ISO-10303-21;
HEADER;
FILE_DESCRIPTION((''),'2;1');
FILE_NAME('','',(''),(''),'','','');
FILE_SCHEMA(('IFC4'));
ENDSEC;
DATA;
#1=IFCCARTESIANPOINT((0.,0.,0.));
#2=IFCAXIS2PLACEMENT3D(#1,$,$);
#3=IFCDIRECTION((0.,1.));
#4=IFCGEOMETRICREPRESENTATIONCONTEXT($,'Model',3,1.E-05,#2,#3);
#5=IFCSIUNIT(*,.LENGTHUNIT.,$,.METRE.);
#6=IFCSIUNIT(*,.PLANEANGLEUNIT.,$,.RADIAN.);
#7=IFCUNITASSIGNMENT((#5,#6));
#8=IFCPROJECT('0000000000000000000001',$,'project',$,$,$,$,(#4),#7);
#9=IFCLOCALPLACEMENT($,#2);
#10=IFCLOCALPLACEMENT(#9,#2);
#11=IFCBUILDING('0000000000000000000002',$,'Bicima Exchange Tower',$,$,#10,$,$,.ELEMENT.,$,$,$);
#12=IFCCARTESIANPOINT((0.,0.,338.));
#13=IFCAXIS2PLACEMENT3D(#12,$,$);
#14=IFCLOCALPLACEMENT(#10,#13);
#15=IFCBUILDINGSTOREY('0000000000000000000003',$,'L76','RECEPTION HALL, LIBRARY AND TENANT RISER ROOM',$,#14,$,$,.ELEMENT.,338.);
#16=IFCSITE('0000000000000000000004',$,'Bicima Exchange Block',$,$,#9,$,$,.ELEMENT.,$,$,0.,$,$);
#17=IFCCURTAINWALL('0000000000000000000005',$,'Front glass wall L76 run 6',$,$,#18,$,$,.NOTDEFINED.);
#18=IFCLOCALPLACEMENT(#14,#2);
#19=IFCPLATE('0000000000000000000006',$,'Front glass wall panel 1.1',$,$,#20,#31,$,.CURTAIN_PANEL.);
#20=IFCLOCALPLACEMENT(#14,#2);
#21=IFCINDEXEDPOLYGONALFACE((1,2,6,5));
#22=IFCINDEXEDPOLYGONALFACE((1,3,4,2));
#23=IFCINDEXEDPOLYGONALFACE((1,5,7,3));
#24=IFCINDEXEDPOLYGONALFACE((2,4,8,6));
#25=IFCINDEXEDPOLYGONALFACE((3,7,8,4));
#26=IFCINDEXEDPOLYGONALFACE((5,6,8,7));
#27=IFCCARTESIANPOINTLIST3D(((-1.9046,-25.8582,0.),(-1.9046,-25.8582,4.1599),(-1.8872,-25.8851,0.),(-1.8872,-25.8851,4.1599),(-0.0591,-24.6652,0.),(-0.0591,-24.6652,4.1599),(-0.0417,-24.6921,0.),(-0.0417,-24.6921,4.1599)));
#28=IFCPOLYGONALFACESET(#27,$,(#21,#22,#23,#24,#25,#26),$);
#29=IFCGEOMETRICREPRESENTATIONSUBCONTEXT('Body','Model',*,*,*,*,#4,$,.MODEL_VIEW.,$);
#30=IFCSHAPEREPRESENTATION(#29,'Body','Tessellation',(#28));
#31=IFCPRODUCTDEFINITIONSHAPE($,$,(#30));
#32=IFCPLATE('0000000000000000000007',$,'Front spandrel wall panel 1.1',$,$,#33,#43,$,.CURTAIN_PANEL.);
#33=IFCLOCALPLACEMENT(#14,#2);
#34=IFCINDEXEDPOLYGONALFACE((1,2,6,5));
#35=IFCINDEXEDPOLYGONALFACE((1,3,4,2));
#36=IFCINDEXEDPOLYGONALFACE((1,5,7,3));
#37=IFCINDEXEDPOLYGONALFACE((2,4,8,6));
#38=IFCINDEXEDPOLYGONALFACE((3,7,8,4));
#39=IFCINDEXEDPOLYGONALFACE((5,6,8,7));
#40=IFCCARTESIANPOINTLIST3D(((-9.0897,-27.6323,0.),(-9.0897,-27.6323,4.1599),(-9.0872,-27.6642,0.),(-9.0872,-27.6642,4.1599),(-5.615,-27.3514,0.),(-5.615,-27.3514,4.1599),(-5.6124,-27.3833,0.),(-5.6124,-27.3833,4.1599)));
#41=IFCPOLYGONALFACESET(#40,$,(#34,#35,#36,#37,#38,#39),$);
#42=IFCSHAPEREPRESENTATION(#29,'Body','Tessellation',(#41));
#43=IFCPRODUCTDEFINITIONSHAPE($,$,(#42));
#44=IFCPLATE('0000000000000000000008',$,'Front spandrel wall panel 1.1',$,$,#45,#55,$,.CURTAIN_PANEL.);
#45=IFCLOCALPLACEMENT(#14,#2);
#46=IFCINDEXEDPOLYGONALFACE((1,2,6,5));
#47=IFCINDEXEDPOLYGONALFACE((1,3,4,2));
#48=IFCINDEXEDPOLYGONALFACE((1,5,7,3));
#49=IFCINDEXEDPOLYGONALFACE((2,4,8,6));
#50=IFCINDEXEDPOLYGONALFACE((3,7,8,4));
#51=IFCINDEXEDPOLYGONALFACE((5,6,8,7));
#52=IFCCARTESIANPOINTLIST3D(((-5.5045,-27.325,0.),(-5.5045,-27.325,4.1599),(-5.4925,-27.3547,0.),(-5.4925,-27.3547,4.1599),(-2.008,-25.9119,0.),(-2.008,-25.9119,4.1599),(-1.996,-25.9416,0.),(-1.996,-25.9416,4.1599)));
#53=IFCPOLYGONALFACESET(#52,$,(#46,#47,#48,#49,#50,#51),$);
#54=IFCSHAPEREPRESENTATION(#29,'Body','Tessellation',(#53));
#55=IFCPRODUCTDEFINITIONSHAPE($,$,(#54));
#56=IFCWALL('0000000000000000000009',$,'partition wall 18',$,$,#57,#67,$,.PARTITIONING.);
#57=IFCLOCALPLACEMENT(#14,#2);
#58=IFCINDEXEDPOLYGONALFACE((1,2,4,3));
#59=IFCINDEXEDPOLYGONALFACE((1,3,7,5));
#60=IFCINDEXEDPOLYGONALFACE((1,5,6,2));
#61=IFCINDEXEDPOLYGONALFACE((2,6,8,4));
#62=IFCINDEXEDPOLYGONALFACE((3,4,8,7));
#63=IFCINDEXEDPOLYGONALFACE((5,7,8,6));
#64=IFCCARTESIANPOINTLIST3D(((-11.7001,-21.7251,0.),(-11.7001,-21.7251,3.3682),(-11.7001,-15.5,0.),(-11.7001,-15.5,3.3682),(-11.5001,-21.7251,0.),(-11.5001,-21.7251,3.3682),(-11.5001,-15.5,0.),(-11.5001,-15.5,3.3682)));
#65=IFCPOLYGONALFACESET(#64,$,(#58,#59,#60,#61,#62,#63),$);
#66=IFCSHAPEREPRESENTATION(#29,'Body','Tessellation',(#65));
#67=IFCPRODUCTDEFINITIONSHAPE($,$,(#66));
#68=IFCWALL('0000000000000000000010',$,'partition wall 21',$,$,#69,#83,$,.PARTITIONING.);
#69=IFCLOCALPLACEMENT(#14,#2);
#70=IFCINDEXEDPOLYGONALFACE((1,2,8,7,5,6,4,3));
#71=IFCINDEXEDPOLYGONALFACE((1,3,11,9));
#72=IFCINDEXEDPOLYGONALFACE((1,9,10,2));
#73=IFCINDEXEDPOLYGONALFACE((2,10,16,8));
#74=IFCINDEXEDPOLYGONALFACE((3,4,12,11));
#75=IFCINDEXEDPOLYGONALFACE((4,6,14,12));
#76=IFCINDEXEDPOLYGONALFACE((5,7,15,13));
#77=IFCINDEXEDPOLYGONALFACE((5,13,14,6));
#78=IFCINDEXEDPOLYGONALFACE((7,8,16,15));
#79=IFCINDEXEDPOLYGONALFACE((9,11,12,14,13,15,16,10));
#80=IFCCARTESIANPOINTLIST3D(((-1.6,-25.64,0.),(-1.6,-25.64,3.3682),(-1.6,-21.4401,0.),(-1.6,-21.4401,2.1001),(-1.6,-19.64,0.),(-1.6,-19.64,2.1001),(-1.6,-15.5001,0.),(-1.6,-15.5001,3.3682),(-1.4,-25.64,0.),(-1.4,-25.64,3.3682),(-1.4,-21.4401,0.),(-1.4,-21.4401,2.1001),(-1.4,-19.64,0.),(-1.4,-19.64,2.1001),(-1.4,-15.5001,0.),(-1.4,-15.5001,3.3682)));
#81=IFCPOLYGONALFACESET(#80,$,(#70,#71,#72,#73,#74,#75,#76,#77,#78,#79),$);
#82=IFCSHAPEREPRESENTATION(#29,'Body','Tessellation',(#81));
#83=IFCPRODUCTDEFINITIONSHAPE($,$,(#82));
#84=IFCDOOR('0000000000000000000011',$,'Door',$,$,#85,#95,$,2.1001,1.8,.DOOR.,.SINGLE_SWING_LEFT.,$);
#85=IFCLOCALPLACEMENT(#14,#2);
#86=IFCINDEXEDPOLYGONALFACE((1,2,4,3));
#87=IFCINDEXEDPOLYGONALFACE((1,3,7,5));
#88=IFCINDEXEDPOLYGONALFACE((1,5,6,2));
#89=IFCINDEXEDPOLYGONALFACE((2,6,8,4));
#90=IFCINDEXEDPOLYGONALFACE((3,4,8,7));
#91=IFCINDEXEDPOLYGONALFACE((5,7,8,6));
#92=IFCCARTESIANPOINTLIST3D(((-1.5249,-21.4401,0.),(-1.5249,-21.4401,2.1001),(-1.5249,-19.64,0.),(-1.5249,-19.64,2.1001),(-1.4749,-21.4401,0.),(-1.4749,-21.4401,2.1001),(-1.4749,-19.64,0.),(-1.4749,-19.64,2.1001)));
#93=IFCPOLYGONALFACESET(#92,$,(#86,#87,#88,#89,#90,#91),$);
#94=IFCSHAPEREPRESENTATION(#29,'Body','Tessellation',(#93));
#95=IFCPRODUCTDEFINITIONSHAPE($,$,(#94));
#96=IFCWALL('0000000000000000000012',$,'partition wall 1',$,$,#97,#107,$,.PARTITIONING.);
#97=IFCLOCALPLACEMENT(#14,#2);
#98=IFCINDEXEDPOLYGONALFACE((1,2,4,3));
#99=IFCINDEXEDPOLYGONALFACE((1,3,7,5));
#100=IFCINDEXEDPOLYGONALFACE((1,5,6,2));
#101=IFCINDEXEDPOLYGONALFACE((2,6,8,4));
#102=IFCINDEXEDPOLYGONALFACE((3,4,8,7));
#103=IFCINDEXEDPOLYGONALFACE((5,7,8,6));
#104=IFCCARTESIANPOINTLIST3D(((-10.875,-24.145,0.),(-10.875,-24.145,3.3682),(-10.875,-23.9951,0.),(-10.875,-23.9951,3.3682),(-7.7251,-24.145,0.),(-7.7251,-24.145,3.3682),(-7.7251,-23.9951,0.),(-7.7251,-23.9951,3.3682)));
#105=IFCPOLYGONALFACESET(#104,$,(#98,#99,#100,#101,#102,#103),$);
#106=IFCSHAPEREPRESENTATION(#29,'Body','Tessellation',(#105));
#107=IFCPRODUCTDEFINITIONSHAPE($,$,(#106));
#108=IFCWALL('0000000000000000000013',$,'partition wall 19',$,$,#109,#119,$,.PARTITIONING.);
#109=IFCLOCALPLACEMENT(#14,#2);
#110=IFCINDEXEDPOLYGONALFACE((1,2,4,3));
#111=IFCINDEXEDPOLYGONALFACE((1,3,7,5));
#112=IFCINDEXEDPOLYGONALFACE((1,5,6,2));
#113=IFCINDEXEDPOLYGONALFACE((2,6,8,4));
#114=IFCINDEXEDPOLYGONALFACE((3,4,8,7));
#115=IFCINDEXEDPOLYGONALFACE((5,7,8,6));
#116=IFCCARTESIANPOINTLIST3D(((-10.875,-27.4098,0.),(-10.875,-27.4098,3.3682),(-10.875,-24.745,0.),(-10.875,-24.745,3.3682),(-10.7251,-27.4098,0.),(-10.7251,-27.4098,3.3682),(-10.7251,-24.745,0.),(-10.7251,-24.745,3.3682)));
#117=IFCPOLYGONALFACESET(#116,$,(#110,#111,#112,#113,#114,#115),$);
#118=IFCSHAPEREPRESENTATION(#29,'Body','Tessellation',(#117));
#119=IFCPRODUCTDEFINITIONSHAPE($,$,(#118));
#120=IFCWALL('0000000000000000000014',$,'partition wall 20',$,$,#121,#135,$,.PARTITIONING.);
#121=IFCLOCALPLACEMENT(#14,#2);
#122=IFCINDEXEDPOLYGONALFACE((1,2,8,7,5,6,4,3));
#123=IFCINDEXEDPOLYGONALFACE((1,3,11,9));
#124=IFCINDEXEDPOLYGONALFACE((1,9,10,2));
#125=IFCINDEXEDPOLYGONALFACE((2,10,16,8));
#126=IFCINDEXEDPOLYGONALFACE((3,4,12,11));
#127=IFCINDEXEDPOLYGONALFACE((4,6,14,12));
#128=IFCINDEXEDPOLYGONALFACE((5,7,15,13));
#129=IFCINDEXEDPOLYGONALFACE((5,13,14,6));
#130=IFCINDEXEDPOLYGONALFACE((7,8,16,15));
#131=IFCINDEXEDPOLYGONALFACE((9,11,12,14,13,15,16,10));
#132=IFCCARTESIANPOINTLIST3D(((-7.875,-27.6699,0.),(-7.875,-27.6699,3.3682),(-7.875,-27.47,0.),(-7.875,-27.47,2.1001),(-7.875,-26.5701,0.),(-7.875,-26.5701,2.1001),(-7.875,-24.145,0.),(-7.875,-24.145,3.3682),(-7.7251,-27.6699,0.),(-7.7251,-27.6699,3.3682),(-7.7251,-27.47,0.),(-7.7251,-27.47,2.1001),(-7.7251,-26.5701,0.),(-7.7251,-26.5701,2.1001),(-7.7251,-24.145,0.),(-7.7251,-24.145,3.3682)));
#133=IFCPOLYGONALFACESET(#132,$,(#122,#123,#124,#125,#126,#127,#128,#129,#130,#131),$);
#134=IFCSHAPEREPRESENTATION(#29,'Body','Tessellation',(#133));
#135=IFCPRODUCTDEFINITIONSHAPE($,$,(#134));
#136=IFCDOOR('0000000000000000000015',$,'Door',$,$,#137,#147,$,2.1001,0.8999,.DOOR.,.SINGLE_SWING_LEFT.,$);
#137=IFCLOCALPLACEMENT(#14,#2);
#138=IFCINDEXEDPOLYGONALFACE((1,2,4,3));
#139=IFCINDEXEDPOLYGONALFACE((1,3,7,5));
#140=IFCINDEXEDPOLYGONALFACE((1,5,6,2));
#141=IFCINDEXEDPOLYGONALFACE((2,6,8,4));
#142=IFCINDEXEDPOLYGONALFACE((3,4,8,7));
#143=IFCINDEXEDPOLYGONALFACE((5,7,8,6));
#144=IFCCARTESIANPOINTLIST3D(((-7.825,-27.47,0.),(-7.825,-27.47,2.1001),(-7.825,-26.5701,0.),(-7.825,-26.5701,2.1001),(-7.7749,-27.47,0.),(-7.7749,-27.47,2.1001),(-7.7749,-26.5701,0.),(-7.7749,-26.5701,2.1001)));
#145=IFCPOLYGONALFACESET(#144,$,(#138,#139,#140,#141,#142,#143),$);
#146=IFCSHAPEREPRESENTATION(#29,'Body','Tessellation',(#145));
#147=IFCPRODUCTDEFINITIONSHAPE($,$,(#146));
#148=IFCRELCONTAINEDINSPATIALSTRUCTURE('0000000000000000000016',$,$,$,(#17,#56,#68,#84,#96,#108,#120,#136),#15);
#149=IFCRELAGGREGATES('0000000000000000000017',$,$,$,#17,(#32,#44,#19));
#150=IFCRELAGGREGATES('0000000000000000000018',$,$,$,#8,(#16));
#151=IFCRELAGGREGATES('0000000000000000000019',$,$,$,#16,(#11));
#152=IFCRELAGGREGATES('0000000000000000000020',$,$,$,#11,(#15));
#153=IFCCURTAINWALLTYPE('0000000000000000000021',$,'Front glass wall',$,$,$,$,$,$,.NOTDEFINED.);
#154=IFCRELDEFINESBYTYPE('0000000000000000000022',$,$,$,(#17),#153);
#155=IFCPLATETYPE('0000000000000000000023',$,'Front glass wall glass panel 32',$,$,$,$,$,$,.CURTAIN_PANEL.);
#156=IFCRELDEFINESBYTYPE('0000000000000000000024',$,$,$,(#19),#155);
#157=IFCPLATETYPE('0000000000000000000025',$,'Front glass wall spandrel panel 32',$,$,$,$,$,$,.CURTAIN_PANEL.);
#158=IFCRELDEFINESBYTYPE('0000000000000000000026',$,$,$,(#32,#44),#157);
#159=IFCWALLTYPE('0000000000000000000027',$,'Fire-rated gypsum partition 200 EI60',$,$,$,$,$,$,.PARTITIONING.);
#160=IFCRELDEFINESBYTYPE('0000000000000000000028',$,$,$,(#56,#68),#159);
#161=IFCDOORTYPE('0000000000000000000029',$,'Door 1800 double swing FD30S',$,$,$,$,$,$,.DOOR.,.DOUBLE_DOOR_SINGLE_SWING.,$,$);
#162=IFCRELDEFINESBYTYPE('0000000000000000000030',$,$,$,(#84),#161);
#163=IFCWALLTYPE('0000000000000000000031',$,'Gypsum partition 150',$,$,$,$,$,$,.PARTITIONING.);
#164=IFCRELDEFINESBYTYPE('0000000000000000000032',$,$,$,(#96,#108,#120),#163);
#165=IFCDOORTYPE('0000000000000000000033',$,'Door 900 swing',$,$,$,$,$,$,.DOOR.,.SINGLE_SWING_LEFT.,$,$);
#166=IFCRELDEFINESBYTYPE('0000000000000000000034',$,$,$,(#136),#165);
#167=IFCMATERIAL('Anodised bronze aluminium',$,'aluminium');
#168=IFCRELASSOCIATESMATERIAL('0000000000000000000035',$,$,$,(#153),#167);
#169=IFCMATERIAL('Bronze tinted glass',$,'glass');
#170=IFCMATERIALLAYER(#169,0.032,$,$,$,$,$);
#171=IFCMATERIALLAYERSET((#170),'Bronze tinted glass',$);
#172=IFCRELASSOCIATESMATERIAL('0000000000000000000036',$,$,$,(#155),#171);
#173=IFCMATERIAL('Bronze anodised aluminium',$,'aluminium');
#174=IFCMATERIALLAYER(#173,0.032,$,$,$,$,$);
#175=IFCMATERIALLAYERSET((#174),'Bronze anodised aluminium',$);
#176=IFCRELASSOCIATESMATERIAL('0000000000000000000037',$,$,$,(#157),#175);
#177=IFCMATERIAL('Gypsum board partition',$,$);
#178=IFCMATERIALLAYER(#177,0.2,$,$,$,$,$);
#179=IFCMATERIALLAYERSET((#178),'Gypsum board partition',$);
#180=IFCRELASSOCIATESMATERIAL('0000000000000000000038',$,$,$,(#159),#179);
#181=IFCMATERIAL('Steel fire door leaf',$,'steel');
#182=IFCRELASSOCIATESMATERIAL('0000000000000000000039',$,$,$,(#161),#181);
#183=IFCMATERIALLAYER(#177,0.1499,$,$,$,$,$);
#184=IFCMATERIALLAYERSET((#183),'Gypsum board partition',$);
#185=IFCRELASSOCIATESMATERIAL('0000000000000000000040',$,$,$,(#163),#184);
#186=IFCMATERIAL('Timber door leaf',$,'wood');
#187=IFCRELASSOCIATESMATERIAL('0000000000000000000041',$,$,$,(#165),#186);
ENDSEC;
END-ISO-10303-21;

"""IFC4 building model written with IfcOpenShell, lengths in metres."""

from ifc_helpers import new_model, si_unit, direction, frame, frame_2d, origin, origin_2d, place, context, subcontext, project, spatial, rectangle, extrude, material, layer, layer_set, type_object, element, fill, aggregate, save


model = new_model("IFC4")

# Units and contexts
model_context = context("Model", 3, precision=1e-05, world=origin(), true_north=direction((0.0, 1.0)))
body_context = subcontext(model_context, "Body", "Model", "MODEL_VIEW")
ifc_project = project(units=[si_unit("LENGTHUNIT", "METRE"), si_unit("PLANEANGLEUNIT", "RADIAN")], contexts=[model_context])

# Site, building, storey
site_placement = place(None, origin())
site = spatial("IfcSite", under=ifc_project, at=site_placement, Name="Bicima Exchange Block", CompositionType="ELEMENT", RefElevation=0.0)
building_placement = place(site_placement, origin())
building = spatial("IfcBuilding", under=site, at=building_placement, Name="Bicima Exchange Tower", CompositionType="ELEMENT")
storey_placement = place(building_placement, frame((0.0, 0.0, 338.0)))
storey = spatial("IfcBuildingStorey", under=building, at=storey_placement, Name="L76", Description="RECEPTION HALL, LIBRARY AND TENANT RISER ROOM", CompositionType="ELEMENT", Elevation=338.0)

# Curtain wall, plates
ifc_material_1 = material(Name="Anodised bronze aluminium", Category="aluminium")
curtain_wall_type = type_object("IfcCurtainWallType", Name="Front glass wall", PredefinedType="NOTDEFINED", material=ifc_material_1)
curtain_wall_placement = place(storey_placement, origin())
curtain_wall = element("IfcCurtainWall", 1, at=curtain_wall_placement, inside=storey, type_object=curtain_wall_type, Name="Front glass wall L76 run 6", PredefinedType="NOTDEFINED")
ifc_material_2 = material(Name="Bronze tinted glass", Category="glass")
ifc_layer_1 = layer(ifc_material_2, 0.032)
ifc_layer_set_1 = layer_set([ifc_layer_1], Name="Bronze tinted glass")
plate_type_1 = type_object("IfcPlateType", Name="Front glass wall glass panel 32", PredefinedType="CURTAIN_PANEL", material=ifc_layer_set_1)
plate_1_placement = place(storey_placement, frame((-0.9731, -25.2751, 0.0), z_axis=(0.0, 0.0, 1.0), x_axis=(0.839799, 0.542897, 0.0)))
plate_1 = element("IfcPlate", 2, at=plate_1_placement, type_object=plate_type_1, Name="Front glass wall panel 1.1", PredefinedType="CURTAIN_PANEL", context=body_context, shape_type="SweptSolid", body=[
    extrude(rectangle(XDim=2.1975, YDim=0.032, at=origin_2d()), origin(), (0.0, 0.0, 1.0), 4.1599),
])
ifc_material_3 = material(Name="Bronze anodised aluminium", Category="aluminium")
ifc_layer_2 = layer(ifc_material_3, 0.032)
ifc_layer_set_2 = layer_set([ifc_layer_2], Name="Bronze anodised aluminium")
plate_type_2 = type_object("IfcPlateType", Name="Front glass wall spandrel panel 32", PredefinedType="CURTAIN_PANEL", material=ifc_layer_set_2)
plate_2_placement = place(storey_placement, frame((-7.3511, -27.5078, 0.0), z_axis=(0.0, 0.0, 1.0), x_axis=(0.996747, 0.080589, 0.0)))
plate_2 = element("IfcPlate", 3, at=plate_2_placement, type_object=plate_type_2, Name="Front spandrel wall panel 1.1", PredefinedType="CURTAIN_PANEL", context=body_context, shape_type="SweptSolid", body=[
    extrude(rectangle(XDim=3.4861, YDim=0.032, at=origin_2d()), origin(), (0.0, 0.0, 1.0), 4.1599),
])
plate_3_placement = place(storey_placement, frame((-3.7502, -26.6333, 0.0), z_axis=(0.0, 0.0, 1.0), x_axis=(0.927144, 0.374705, 0.0)))
plate_3 = element("IfcPlate", 4, at=plate_3_placement, type_object=plate_type_2, Name="Front spandrel wall panel 1.1", PredefinedType="CURTAIN_PANEL", context=body_context, shape_type="SweptSolid", body=[
    extrude(rectangle(XDim=3.7712, YDim=0.032, at=origin_2d()), origin(), (0.0, 0.0, 1.0), 4.1599),
])
aggregate(curtain_wall, [plate_2, plate_3, plate_1])

# Wall
ifc_material_4 = material(Name="Gypsum board partition")
ifc_layer_3 = layer(ifc_material_4, 0.2)
ifc_layer_set_3 = layer_set([ifc_layer_3], Name="Gypsum board partition")
wall_type_1 = type_object("IfcWallType", Name="Fire-rated gypsum partition 200 EI60", PredefinedType="PARTITIONING", material=ifc_layer_set_3)
wall_1_placement = place(storey_placement, frame((-11.6001, -21.7251, 0.0), z_axis=(0.0, 0.0, 1.0), x_axis=(0.0, 1.0, 0.0)))
element("IfcWall", 5, at=wall_1_placement, inside=storey, type_object=wall_type_1, Name="partition wall 18", PredefinedType="PARTITIONING", context=body_context, shape_type="SweptSolid", body=[
    extrude(rectangle(XDim=6.2251, YDim=0.2, at=frame_2d((3.1125, 0.0))), origin(), (0.0, 0.0, 1.0), 3.3682),
])

# Wall, opening, door
wall_2_placement = place(storey_placement, frame((-1.5, -25.6399, 0.0), z_axis=(0.0, 0.0, 1.0), x_axis=(0.0, 1.0, 0.0)))
wall_2 = element("IfcWall", 6, at=wall_2_placement, inside=storey, type_object=wall_type_1, Name="partition wall 21", PredefinedType="PARTITIONING", context=body_context, shape_type="SweptSolid", body=[
    extrude(rectangle(XDim=10.1399, YDim=0.2, at=frame_2d((5.0698, 0.0))), origin(), (0.0, 0.0, 1.0), 3.3682),
])
opening_1_placement = place(wall_2_placement, frame((4.2, 0.0, 0.0)))
opening_1 = element("IfcOpeningElement", 7, at=opening_1_placement, cuts=wall_2, PredefinedType="OPENING", context=body_context, shape_type="SweptSolid", body=[
    extrude(rectangle(XDim=1.8, YDim=2.1001, at=frame_2d((0.8999, 1.05))), frame((0.0, 0.1118, 0.0), z_axis=(0.0, -1.0, 0.0), x_axis=(1.0, 0.0, 0.0)), (0.0, 0.0, 1.0), 0.2239),
])
ifc_material_5 = material(Name="Steel fire door leaf", Category="steel")
door_type_1 = type_object("IfcDoorType", Name="Door 1800 double swing FD30S", OperationType="DOUBLE_DOOR_SINGLE_SWING", PredefinedType="DOOR", material=ifc_material_5)
door_1_placement = place(opening_1_placement, origin())
door_1 = element("IfcDoor", 8, at=door_1_placement, inside=storey, type_object=door_type_1, Name="Door", OperationType="SINGLE_SWING_LEFT", OverallHeight=2.1001, OverallWidth=1.8, PredefinedType="DOOR", context=body_context, shape_type="SweptSolid", body=[
    extrude(rectangle(XDim=1.8, YDim=2.1001, at=frame_2d((0.8999, 1.05))), frame((0.0, 0.0249, 0.0), z_axis=(0.0, -1.0, 0.0), x_axis=(1.0, 0.0, 0.0)), (0.0, 0.0, 1.0), 0.05),
])
fill(opening_1, door_1)

# Walls
ifc_layer_4 = layer(ifc_material_4, 0.1499)
ifc_layer_set_4 = layer_set([ifc_layer_4], Name="Gypsum board partition")
wall_type_2 = type_object("IfcWallType", Name="Gypsum partition 150", PredefinedType="PARTITIONING", material=ifc_layer_set_4)
wall_3_placement = place(storey_placement, frame((-10.875, -24.0701, 0.0), z_axis=(0.0, 0.0, 1.0), x_axis=(1.0, 0.0, 0.0)))
element("IfcWall", 9, at=wall_3_placement, inside=storey, type_object=wall_type_2, Name="partition wall 1", PredefinedType="PARTITIONING", context=body_context, shape_type="SweptSolid", body=[
    extrude(rectangle(XDim=3.1499, YDim=0.1499, at=frame_2d((1.575, 0.0))), origin(), (0.0, 0.0, 1.0), 3.3682),
])
wall_4_placement = place(storey_placement, frame((-10.8, -27.4099, 0.0), z_axis=(0.0, 0.0, 1.0), x_axis=(0.0, 1.0, 0.0)))
element("IfcWall", 10, at=wall_4_placement, inside=storey, type_object=wall_type_2, Name="partition wall 19", PredefinedType="PARTITIONING", context=body_context, shape_type="SweptSolid", body=[
    extrude(rectangle(XDim=2.6648, YDim=0.1499, at=frame_2d((1.3325, 0.0))), origin(), (0.0, 0.0, 1.0), 3.3682),
])

# Wall, opening, door
wall_5_placement = place(storey_placement, frame((-7.8, -27.6699, 0.0), z_axis=(0.0, 0.0, 1.0), x_axis=(0.0, 1.0, 0.0)))
wall_5 = element("IfcWall", 11, at=wall_5_placement, inside=storey, type_object=wall_type_2, Name="partition wall 20", PredefinedType="PARTITIONING", context=body_context, shape_type="SweptSolid", body=[
    extrude(rectangle(XDim=3.5249, YDim=0.1499, at=frame_2d((1.7625, 0.0))), origin(), (0.0, 0.0, 1.0), 3.3682),
])
opening_2_placement = place(wall_5_placement, frame((0.2, 0.0, 0.0)))
opening_2 = element("IfcOpeningElement", 12, at=opening_2_placement, cuts=wall_5, PredefinedType="OPENING", context=body_context, shape_type="SweptSolid", body=[
    extrude(rectangle(XDim=0.8999, YDim=2.1001, at=frame_2d((0.45, 1.05))), frame((0.0, 0.0869, 0.0), z_axis=(0.0, -1.0, 0.0), x_axis=(1.0, 0.0, 0.0)), (0.0, 0.0, 1.0), 0.1738),
])
ifc_material_6 = material(Name="Timber door leaf", Category="wood")
door_type_2 = type_object("IfcDoorType", Name="Door 900 swing", OperationType="SINGLE_SWING_LEFT", PredefinedType="DOOR", material=ifc_material_6)
door_2_placement = place(opening_2_placement, origin())
door_2 = element("IfcDoor", 13, at=door_2_placement, inside=storey, type_object=door_type_2, Name="Door", OperationType="SINGLE_SWING_LEFT", OverallHeight=2.1001, OverallWidth=0.8999, PredefinedType="DOOR", context=body_context, shape_type="SweptSolid", body=[
    extrude(rectangle(XDim=0.8999, YDim=2.1001, at=frame_2d((0.45, 1.05))), frame((0.0, 0.0249, 0.0), z_axis=(0.0, -1.0, 0.0), x_axis=(1.0, 0.0, 0.0)), (0.0, 0.0, 1.0), 0.05),
])
fill(opening_2, door_2)

save(model, "model.ifc")
